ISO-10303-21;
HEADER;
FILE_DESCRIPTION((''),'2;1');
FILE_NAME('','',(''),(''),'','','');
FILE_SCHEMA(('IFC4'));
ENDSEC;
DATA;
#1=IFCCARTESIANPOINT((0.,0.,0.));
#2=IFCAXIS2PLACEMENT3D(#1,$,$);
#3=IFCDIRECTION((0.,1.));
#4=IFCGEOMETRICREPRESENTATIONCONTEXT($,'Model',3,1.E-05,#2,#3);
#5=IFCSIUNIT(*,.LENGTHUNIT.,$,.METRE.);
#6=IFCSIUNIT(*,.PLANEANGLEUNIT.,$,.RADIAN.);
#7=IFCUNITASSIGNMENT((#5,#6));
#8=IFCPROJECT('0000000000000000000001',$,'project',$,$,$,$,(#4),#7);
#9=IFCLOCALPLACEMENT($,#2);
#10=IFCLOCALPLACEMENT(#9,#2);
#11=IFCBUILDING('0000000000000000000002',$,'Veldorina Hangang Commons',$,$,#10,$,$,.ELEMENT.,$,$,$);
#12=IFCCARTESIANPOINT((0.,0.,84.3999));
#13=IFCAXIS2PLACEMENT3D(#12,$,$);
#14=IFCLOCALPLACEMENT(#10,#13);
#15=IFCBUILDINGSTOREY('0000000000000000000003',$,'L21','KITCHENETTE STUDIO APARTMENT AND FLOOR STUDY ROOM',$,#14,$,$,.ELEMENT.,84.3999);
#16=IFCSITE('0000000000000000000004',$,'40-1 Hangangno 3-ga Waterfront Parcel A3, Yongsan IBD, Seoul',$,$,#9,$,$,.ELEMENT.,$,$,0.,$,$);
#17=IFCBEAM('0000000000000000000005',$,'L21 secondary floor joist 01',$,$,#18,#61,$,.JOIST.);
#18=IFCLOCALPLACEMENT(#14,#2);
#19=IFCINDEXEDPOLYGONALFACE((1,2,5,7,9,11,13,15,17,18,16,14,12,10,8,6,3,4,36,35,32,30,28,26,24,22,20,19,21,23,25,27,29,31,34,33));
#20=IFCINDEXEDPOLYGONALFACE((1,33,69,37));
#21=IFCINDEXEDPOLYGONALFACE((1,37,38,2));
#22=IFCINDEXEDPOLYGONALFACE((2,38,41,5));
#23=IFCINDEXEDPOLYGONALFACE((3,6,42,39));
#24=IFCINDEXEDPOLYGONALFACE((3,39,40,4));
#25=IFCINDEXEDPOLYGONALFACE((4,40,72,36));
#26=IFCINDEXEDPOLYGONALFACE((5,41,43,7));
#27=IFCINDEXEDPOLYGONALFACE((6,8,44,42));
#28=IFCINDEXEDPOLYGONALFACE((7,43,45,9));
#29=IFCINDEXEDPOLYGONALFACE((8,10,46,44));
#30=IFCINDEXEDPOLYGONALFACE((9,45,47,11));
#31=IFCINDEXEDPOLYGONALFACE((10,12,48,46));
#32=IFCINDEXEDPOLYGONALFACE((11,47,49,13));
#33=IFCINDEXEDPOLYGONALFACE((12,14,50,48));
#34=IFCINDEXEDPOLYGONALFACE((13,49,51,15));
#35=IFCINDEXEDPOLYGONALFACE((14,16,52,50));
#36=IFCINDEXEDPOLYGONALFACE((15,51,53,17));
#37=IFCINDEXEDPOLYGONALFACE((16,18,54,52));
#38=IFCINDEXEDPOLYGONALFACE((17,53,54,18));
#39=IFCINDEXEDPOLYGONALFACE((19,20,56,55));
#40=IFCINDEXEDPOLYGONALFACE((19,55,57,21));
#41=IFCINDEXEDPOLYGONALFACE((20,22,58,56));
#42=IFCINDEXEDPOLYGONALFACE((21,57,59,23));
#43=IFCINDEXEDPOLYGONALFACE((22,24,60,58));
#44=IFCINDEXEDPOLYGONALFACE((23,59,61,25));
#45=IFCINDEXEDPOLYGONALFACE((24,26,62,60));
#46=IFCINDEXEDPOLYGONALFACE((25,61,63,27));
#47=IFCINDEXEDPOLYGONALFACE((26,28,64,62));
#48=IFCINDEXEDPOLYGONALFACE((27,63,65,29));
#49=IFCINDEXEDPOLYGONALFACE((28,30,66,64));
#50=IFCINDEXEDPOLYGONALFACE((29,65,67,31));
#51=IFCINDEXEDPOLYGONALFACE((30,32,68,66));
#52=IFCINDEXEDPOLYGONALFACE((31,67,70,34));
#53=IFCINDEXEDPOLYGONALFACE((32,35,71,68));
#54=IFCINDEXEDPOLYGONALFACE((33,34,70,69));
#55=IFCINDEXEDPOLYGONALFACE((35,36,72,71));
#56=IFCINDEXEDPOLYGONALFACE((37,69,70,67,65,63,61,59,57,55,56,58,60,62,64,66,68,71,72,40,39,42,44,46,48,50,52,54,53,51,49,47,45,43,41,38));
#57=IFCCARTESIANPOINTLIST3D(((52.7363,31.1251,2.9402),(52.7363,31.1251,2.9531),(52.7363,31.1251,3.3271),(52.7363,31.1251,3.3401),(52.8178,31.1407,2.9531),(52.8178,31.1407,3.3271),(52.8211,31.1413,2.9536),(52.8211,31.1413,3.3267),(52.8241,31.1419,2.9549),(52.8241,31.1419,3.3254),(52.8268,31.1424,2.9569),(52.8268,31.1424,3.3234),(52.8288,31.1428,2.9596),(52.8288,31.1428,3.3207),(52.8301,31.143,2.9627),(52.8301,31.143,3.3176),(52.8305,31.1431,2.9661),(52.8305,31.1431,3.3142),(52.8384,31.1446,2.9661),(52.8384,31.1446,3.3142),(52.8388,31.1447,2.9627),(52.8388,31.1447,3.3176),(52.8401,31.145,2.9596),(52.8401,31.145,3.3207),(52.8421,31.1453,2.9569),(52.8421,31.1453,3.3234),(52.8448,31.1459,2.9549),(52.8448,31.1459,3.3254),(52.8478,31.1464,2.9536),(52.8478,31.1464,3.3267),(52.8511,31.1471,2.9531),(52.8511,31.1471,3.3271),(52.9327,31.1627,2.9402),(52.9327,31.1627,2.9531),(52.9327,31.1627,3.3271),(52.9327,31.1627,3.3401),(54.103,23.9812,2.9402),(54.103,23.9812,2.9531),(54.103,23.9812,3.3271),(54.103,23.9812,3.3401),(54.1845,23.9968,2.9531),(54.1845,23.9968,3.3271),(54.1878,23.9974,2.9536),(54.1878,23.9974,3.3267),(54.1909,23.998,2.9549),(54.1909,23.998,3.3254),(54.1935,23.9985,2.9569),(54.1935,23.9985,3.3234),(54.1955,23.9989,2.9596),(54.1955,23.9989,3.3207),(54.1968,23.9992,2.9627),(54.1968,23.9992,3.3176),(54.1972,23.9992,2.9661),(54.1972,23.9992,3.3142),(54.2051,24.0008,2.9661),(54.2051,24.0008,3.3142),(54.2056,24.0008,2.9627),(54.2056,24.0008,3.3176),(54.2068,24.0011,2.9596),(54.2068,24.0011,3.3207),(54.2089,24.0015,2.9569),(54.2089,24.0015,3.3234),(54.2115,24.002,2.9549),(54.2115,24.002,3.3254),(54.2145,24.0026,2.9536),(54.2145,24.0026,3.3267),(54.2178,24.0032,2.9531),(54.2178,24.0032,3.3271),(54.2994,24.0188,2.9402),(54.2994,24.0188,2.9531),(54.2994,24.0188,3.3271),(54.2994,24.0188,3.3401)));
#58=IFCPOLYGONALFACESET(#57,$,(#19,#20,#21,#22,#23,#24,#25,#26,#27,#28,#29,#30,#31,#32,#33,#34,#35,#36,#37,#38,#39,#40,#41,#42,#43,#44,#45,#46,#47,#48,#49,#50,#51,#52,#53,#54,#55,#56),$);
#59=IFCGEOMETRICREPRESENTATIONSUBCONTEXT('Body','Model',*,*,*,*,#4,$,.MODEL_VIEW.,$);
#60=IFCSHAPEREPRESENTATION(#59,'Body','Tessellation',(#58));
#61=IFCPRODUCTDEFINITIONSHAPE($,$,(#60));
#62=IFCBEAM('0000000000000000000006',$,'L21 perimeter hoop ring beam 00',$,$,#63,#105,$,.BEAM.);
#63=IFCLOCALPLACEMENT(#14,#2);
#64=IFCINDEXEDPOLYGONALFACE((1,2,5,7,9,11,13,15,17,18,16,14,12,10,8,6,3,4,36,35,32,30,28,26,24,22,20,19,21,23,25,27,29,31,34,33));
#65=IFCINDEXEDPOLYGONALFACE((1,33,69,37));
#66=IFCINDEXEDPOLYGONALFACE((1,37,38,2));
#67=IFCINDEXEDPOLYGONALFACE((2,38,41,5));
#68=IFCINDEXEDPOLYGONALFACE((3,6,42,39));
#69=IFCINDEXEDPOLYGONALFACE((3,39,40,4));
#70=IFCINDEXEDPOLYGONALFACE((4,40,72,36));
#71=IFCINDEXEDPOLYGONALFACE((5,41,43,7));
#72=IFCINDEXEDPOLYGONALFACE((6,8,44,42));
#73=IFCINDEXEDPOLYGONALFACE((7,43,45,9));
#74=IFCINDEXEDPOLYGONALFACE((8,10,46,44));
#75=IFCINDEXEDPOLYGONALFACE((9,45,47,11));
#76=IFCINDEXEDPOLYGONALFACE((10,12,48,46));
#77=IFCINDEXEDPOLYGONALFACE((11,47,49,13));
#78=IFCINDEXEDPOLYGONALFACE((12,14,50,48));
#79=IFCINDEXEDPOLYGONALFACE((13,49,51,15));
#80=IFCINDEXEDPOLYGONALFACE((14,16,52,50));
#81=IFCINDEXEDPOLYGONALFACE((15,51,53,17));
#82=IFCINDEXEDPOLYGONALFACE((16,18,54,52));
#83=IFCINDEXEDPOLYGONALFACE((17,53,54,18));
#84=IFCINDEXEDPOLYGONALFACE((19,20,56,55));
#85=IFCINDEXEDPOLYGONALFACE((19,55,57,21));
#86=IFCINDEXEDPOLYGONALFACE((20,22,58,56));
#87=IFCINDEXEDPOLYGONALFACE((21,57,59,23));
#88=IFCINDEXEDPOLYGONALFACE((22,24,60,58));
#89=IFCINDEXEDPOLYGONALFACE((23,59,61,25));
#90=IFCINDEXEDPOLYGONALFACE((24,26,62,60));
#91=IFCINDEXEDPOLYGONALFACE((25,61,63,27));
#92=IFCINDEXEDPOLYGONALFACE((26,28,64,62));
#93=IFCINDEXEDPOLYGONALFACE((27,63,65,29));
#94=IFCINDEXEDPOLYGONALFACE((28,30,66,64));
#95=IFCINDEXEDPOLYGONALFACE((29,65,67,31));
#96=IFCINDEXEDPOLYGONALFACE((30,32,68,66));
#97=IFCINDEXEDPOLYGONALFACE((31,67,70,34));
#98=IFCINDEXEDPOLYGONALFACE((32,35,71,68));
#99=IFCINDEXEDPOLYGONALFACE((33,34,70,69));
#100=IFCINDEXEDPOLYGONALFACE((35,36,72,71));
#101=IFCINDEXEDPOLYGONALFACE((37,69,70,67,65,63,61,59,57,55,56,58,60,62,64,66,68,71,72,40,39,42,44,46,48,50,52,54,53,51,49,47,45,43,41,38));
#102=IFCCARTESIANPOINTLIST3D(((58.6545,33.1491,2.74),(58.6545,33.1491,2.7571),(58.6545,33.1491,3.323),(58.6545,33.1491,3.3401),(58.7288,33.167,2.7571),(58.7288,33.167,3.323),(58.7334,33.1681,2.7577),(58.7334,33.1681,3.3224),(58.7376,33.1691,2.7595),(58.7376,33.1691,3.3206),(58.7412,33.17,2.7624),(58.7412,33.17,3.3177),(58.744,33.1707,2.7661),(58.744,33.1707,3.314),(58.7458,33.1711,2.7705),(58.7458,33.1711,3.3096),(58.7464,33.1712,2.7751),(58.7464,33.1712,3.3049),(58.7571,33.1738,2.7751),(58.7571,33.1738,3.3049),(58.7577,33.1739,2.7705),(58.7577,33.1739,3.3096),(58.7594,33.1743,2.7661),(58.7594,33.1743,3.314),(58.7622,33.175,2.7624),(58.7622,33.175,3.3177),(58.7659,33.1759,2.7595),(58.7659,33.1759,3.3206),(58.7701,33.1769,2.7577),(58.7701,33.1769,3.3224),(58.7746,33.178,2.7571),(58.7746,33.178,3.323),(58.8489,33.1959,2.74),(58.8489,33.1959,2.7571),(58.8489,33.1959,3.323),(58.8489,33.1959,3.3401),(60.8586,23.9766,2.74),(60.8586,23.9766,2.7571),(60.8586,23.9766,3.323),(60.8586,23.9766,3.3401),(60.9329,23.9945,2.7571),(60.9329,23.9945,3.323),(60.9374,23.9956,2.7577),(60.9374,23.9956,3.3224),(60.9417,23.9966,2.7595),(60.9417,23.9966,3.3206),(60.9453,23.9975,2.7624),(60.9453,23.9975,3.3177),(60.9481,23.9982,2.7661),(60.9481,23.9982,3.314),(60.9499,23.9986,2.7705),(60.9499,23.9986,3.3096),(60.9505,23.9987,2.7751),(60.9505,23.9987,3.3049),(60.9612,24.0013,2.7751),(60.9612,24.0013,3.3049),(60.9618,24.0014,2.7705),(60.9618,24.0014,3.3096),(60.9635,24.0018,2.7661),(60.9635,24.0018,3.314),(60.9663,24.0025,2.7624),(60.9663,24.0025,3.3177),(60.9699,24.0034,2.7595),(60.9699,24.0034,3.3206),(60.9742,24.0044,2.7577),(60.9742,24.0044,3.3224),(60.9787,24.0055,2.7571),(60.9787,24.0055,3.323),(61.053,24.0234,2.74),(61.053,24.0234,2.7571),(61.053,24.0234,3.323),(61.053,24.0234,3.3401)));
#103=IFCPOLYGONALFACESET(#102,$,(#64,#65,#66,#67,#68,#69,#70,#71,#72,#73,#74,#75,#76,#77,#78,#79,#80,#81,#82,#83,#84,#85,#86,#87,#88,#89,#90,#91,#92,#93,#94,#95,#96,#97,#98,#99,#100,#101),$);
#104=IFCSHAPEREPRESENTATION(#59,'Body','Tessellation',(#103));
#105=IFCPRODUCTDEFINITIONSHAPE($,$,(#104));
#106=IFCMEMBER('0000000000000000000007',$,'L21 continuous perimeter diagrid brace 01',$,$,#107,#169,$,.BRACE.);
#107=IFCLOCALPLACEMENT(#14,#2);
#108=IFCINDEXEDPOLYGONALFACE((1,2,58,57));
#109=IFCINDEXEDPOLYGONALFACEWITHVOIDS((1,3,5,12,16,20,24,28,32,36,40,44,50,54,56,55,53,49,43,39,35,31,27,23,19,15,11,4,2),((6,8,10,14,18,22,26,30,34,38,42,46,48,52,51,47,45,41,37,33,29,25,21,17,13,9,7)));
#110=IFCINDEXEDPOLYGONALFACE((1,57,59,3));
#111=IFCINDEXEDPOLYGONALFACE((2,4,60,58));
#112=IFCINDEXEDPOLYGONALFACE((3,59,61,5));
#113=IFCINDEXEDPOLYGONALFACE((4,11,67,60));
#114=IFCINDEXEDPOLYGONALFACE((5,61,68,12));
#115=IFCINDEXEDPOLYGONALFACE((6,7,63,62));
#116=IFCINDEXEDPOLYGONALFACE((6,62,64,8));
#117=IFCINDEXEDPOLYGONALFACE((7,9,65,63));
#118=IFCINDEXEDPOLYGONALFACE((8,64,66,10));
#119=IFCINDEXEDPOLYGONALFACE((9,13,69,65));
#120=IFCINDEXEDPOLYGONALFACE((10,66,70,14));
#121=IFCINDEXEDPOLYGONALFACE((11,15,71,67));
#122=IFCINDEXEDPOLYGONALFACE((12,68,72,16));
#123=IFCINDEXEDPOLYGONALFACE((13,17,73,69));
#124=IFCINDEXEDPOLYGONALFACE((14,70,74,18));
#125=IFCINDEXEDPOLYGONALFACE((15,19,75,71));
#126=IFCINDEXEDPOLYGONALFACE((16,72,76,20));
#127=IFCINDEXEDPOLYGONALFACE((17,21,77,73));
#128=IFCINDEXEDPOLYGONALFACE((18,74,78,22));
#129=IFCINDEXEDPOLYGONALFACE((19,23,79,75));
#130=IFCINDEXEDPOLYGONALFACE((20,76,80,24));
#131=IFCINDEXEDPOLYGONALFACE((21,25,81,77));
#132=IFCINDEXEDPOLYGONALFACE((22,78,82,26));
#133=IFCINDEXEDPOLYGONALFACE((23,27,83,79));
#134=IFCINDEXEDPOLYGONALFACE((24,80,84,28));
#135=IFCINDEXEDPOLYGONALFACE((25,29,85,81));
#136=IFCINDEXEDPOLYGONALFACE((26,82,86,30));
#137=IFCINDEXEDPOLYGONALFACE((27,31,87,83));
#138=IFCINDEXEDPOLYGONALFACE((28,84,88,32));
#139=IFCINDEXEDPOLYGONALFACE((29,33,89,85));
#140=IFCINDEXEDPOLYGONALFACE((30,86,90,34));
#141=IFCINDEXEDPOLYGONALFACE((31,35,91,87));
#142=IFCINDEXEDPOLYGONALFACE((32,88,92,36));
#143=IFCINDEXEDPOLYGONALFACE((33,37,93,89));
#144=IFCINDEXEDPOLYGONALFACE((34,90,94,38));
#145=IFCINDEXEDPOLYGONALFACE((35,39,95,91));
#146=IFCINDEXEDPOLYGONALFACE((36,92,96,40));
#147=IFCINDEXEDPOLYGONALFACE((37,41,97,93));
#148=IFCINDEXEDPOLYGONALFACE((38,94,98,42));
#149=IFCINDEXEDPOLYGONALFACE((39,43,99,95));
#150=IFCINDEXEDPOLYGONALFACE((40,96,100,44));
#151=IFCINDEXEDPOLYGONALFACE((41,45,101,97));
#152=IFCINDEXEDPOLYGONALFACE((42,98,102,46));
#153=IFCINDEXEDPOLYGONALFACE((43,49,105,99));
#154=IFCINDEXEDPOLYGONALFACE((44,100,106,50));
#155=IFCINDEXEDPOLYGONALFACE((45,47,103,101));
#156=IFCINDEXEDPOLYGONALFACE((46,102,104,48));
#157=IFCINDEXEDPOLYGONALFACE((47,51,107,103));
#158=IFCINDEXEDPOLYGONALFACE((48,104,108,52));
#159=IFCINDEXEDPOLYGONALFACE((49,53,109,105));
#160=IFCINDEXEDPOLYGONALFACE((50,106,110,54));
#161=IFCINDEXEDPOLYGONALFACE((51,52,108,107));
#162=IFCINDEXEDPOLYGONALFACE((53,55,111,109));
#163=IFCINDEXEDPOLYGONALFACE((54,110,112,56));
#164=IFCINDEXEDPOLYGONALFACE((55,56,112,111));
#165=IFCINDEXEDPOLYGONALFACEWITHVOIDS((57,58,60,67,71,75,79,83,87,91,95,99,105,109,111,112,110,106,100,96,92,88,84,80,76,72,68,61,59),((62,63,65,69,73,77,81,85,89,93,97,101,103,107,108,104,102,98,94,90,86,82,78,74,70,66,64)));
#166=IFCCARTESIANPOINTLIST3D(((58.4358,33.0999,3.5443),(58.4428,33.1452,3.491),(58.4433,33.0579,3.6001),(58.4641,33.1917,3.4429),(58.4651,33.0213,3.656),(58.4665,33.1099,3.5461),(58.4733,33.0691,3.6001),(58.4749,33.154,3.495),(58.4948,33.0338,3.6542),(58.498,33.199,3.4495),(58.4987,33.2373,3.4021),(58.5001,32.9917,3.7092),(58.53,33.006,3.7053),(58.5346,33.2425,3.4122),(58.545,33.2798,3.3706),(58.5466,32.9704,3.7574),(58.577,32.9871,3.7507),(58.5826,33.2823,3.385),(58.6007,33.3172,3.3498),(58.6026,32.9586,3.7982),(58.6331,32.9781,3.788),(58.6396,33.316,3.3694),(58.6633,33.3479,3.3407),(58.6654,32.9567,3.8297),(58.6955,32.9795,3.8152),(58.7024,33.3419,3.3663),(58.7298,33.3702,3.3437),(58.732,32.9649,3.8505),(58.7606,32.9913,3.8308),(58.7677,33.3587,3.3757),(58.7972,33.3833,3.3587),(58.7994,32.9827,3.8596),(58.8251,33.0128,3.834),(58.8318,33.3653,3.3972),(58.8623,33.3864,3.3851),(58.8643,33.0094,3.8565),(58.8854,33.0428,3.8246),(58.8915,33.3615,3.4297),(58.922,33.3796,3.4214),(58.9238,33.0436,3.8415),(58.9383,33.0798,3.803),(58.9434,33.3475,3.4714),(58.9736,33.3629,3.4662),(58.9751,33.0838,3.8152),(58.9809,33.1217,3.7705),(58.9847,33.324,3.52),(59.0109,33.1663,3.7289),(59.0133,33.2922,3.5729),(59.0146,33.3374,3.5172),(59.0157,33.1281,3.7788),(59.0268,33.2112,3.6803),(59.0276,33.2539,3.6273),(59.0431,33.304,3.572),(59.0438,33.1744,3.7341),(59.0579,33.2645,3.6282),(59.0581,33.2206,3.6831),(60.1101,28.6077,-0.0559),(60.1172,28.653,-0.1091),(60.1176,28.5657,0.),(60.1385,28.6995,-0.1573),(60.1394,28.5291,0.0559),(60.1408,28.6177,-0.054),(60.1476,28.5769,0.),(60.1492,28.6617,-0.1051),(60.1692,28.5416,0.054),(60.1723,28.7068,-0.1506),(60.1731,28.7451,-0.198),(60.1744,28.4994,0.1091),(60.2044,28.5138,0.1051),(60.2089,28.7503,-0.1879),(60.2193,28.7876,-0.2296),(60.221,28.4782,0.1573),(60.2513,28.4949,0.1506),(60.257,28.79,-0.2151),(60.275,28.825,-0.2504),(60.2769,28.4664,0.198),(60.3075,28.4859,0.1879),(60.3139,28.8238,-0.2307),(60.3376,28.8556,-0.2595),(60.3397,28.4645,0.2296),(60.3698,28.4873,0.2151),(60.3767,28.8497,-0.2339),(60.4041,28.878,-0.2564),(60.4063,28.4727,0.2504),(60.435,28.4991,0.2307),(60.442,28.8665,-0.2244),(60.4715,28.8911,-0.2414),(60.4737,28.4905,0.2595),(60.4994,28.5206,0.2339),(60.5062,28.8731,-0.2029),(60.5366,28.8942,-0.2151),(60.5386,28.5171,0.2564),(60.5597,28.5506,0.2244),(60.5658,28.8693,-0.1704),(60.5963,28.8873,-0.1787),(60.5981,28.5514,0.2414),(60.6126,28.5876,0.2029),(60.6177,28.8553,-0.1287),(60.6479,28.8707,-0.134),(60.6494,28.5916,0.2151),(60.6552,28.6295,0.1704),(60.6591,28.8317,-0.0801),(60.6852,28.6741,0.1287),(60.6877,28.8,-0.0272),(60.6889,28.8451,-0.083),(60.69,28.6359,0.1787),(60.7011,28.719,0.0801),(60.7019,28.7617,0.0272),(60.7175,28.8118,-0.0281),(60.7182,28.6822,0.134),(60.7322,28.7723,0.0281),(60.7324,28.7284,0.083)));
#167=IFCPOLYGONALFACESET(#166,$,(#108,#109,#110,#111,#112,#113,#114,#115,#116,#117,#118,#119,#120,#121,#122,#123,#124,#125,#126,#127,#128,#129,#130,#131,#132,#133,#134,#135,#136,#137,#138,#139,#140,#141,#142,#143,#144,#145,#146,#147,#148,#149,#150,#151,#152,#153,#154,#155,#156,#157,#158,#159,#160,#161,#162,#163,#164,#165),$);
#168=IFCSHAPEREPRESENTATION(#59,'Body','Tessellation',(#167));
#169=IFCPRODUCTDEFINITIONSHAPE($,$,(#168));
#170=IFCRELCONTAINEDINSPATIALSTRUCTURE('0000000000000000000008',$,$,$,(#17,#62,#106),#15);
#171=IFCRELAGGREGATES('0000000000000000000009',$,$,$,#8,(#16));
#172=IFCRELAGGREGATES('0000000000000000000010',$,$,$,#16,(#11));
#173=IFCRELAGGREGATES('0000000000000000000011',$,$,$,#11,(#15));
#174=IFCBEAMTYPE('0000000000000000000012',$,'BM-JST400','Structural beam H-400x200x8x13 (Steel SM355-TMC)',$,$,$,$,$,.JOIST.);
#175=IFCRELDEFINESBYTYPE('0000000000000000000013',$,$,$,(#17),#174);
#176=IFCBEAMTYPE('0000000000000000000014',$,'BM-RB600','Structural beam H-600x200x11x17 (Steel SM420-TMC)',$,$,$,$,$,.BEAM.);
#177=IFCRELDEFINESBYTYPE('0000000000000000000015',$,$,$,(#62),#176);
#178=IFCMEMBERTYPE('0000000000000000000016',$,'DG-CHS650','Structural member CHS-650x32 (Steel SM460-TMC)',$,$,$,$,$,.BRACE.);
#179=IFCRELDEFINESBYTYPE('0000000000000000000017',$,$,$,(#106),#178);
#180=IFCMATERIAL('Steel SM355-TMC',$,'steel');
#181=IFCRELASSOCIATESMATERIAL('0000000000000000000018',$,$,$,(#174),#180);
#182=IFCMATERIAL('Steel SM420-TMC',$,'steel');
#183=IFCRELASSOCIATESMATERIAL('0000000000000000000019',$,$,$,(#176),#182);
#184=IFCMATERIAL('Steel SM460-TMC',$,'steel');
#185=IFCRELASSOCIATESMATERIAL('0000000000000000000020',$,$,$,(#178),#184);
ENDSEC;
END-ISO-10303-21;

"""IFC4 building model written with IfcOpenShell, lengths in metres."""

from ifc_helpers import new_model, si_unit, direction, frame, origin, origin_2d, place, context, subcontext, project, spatial, hollow_circle, i_section, extrude, material, material_profile, profile_set, type_object, element, save


model = new_model("IFC4")

# Units and contexts
model_context = context("Model", 3, precision=1e-05, world=origin(), true_north=direction((0.0, 1.0)))
body_context = subcontext(model_context, "Body", "Model", "MODEL_VIEW")
ifc_project = project(units=[si_unit("LENGTHUNIT", "METRE"), si_unit("PLANEANGLEUNIT", "RADIAN")], contexts=[model_context])

# Site, building, storey
site_placement = place(None, origin())
site = spatial("IfcSite", under=ifc_project, at=site_placement, Name="40-1 Hangangno 3-ga Waterfront Parcel A3, Yongsan IBD, Seoul", CompositionType="ELEMENT", RefElevation=0.0)
building_placement = place(site_placement, origin())
building = spatial("IfcBuilding", under=site, at=building_placement, Name="Veldorina Hangang Commons", CompositionType="ELEMENT")
storey_placement = place(building_placement, frame((0.0, 0.0, 84.3999)))
storey = spatial("IfcBuildingStorey", under=building, at=storey_placement, Name="L21", Description="KITCHENETTE STUDIO APARTMENT AND FLOOR STUDY ROOM", CompositionType="ELEMENT", Elevation=84.3999)

# Beams
ifc_material_1 = material(Name="Steel SM355-TMC", Category="steel")
ifc_material_profile_1 = material_profile(ifc_material_1, i_section(OverallWidth=0.2, OverallDepth=0.3999, WebThickness=0.0081, FlangeThickness=0.0129, FilletRadius=0.0129, at=origin_2d()), Name="H-400x200x8x13")
ifc_profile_set_1 = profile_set([ifc_material_profile_1], Name="Steel SM355-TMC")
beam_type_1 = type_object("IfcBeamType", Name="BM-JST400", Description="Structural beam H-400x200x8x13 (Steel SM355-TMC)", PredefinedType="JOIST", material=ifc_profile_set_1)
beam_1_placement = place(storey_placement, frame((54.2012, 24.0, 3.1401), z_axis=(-0.187905, 0.982187, 0.0), x_axis=(-0.982187, -0.187905, 0.0)))
element("IfcBeam", 1, at=beam_1_placement, inside=storey, type_object=beam_type_1, Name="L21 secondary floor joist 01", PredefinedType="JOIST", context=body_context, shape_type="SweptSolid", body=[
    extrude(i_section(OverallWidth=0.2, OverallDepth=0.3999, WebThickness=0.0081, FlangeThickness=0.0129, FilletRadius=0.0129, at=origin_2d()), origin(), (0.0, 0.0, 1.0), 7.2734),
])
ifc_material_2 = material(Name="Steel SM420-TMC", Category="steel")
ifc_material_profile_2 = material_profile(ifc_material_2, i_section(OverallWidth=0.2, OverallDepth=0.6001, WebThickness=0.011, FlangeThickness=0.0171, FilletRadius=0.0181, at=origin_2d()), Name="H-600x200x11x17")
ifc_profile_set_2 = profile_set([ifc_material_profile_2], Name="Steel SM420-TMC")
beam_type_2 = type_object("IfcBeamType", Name="BM-RB600", Description="Structural beam H-600x200x11x17 (Steel SM420-TMC)", PredefinedType="BEAM", material=ifc_profile_set_2)
beam_2_placement = place(storey_placement, frame((60.9558, 24.0, 3.04), z_axis=(-0.233641, 0.972323, 0.0), x_axis=(-0.972323, -0.233641, 0.0)))
element("IfcBeam", 2, at=beam_2_placement, inside=storey, type_object=beam_type_2, Name="L21 perimeter hoop ring beam 00", PredefinedType="BEAM", context=body_context, shape_type="SweptSolid", body=[
    extrude(i_section(OverallWidth=0.2, OverallDepth=0.6001, WebThickness=0.011, FlangeThickness=0.0171, FilletRadius=0.0181, at=origin_2d()), origin(), (0.0, 0.0, 1.0), 9.4336),
])

# Member
ifc_material_3 = material(Name="Steel SM460-TMC", Category="steel")
ifc_material_profile_3 = material_profile(ifc_material_3, hollow_circle(Radius=0.325, WallThickness=0.032, at=origin_2d()), Name="CHS-650x32")
ifc_profile_set_3 = profile_set([ifc_material_profile_3], Name="Steel SM460-TMC")
member_type = type_object("IfcMemberType", Name="DG-CHS650", Description="Structural member CHS-650x32 (Steel SM460-TMC)", PredefinedType="BRACE", material=ifc_profile_set_3)
member_1_placement = place(storey_placement, frame((60.4221, 28.6792, 0.0), z_axis=(-0.279271, 0.749283, 0.600485), x_axis=(-0.93703, -0.349248, 0.0)))
element("IfcMember", 3, at=member_1_placement, inside=storey, type_object=member_type, Name="L21 continuous perimeter diagrid brace 01", PredefinedType="BRACE", context=body_context, shape_type="SweptSolid", body=[
    extrude(hollow_circle(Radius=0.325, WallThickness=0.032, at=origin_2d()), origin(), (0.0, 0.0, 1.0), 5.9954),
])

save(model, "model.ifc")
